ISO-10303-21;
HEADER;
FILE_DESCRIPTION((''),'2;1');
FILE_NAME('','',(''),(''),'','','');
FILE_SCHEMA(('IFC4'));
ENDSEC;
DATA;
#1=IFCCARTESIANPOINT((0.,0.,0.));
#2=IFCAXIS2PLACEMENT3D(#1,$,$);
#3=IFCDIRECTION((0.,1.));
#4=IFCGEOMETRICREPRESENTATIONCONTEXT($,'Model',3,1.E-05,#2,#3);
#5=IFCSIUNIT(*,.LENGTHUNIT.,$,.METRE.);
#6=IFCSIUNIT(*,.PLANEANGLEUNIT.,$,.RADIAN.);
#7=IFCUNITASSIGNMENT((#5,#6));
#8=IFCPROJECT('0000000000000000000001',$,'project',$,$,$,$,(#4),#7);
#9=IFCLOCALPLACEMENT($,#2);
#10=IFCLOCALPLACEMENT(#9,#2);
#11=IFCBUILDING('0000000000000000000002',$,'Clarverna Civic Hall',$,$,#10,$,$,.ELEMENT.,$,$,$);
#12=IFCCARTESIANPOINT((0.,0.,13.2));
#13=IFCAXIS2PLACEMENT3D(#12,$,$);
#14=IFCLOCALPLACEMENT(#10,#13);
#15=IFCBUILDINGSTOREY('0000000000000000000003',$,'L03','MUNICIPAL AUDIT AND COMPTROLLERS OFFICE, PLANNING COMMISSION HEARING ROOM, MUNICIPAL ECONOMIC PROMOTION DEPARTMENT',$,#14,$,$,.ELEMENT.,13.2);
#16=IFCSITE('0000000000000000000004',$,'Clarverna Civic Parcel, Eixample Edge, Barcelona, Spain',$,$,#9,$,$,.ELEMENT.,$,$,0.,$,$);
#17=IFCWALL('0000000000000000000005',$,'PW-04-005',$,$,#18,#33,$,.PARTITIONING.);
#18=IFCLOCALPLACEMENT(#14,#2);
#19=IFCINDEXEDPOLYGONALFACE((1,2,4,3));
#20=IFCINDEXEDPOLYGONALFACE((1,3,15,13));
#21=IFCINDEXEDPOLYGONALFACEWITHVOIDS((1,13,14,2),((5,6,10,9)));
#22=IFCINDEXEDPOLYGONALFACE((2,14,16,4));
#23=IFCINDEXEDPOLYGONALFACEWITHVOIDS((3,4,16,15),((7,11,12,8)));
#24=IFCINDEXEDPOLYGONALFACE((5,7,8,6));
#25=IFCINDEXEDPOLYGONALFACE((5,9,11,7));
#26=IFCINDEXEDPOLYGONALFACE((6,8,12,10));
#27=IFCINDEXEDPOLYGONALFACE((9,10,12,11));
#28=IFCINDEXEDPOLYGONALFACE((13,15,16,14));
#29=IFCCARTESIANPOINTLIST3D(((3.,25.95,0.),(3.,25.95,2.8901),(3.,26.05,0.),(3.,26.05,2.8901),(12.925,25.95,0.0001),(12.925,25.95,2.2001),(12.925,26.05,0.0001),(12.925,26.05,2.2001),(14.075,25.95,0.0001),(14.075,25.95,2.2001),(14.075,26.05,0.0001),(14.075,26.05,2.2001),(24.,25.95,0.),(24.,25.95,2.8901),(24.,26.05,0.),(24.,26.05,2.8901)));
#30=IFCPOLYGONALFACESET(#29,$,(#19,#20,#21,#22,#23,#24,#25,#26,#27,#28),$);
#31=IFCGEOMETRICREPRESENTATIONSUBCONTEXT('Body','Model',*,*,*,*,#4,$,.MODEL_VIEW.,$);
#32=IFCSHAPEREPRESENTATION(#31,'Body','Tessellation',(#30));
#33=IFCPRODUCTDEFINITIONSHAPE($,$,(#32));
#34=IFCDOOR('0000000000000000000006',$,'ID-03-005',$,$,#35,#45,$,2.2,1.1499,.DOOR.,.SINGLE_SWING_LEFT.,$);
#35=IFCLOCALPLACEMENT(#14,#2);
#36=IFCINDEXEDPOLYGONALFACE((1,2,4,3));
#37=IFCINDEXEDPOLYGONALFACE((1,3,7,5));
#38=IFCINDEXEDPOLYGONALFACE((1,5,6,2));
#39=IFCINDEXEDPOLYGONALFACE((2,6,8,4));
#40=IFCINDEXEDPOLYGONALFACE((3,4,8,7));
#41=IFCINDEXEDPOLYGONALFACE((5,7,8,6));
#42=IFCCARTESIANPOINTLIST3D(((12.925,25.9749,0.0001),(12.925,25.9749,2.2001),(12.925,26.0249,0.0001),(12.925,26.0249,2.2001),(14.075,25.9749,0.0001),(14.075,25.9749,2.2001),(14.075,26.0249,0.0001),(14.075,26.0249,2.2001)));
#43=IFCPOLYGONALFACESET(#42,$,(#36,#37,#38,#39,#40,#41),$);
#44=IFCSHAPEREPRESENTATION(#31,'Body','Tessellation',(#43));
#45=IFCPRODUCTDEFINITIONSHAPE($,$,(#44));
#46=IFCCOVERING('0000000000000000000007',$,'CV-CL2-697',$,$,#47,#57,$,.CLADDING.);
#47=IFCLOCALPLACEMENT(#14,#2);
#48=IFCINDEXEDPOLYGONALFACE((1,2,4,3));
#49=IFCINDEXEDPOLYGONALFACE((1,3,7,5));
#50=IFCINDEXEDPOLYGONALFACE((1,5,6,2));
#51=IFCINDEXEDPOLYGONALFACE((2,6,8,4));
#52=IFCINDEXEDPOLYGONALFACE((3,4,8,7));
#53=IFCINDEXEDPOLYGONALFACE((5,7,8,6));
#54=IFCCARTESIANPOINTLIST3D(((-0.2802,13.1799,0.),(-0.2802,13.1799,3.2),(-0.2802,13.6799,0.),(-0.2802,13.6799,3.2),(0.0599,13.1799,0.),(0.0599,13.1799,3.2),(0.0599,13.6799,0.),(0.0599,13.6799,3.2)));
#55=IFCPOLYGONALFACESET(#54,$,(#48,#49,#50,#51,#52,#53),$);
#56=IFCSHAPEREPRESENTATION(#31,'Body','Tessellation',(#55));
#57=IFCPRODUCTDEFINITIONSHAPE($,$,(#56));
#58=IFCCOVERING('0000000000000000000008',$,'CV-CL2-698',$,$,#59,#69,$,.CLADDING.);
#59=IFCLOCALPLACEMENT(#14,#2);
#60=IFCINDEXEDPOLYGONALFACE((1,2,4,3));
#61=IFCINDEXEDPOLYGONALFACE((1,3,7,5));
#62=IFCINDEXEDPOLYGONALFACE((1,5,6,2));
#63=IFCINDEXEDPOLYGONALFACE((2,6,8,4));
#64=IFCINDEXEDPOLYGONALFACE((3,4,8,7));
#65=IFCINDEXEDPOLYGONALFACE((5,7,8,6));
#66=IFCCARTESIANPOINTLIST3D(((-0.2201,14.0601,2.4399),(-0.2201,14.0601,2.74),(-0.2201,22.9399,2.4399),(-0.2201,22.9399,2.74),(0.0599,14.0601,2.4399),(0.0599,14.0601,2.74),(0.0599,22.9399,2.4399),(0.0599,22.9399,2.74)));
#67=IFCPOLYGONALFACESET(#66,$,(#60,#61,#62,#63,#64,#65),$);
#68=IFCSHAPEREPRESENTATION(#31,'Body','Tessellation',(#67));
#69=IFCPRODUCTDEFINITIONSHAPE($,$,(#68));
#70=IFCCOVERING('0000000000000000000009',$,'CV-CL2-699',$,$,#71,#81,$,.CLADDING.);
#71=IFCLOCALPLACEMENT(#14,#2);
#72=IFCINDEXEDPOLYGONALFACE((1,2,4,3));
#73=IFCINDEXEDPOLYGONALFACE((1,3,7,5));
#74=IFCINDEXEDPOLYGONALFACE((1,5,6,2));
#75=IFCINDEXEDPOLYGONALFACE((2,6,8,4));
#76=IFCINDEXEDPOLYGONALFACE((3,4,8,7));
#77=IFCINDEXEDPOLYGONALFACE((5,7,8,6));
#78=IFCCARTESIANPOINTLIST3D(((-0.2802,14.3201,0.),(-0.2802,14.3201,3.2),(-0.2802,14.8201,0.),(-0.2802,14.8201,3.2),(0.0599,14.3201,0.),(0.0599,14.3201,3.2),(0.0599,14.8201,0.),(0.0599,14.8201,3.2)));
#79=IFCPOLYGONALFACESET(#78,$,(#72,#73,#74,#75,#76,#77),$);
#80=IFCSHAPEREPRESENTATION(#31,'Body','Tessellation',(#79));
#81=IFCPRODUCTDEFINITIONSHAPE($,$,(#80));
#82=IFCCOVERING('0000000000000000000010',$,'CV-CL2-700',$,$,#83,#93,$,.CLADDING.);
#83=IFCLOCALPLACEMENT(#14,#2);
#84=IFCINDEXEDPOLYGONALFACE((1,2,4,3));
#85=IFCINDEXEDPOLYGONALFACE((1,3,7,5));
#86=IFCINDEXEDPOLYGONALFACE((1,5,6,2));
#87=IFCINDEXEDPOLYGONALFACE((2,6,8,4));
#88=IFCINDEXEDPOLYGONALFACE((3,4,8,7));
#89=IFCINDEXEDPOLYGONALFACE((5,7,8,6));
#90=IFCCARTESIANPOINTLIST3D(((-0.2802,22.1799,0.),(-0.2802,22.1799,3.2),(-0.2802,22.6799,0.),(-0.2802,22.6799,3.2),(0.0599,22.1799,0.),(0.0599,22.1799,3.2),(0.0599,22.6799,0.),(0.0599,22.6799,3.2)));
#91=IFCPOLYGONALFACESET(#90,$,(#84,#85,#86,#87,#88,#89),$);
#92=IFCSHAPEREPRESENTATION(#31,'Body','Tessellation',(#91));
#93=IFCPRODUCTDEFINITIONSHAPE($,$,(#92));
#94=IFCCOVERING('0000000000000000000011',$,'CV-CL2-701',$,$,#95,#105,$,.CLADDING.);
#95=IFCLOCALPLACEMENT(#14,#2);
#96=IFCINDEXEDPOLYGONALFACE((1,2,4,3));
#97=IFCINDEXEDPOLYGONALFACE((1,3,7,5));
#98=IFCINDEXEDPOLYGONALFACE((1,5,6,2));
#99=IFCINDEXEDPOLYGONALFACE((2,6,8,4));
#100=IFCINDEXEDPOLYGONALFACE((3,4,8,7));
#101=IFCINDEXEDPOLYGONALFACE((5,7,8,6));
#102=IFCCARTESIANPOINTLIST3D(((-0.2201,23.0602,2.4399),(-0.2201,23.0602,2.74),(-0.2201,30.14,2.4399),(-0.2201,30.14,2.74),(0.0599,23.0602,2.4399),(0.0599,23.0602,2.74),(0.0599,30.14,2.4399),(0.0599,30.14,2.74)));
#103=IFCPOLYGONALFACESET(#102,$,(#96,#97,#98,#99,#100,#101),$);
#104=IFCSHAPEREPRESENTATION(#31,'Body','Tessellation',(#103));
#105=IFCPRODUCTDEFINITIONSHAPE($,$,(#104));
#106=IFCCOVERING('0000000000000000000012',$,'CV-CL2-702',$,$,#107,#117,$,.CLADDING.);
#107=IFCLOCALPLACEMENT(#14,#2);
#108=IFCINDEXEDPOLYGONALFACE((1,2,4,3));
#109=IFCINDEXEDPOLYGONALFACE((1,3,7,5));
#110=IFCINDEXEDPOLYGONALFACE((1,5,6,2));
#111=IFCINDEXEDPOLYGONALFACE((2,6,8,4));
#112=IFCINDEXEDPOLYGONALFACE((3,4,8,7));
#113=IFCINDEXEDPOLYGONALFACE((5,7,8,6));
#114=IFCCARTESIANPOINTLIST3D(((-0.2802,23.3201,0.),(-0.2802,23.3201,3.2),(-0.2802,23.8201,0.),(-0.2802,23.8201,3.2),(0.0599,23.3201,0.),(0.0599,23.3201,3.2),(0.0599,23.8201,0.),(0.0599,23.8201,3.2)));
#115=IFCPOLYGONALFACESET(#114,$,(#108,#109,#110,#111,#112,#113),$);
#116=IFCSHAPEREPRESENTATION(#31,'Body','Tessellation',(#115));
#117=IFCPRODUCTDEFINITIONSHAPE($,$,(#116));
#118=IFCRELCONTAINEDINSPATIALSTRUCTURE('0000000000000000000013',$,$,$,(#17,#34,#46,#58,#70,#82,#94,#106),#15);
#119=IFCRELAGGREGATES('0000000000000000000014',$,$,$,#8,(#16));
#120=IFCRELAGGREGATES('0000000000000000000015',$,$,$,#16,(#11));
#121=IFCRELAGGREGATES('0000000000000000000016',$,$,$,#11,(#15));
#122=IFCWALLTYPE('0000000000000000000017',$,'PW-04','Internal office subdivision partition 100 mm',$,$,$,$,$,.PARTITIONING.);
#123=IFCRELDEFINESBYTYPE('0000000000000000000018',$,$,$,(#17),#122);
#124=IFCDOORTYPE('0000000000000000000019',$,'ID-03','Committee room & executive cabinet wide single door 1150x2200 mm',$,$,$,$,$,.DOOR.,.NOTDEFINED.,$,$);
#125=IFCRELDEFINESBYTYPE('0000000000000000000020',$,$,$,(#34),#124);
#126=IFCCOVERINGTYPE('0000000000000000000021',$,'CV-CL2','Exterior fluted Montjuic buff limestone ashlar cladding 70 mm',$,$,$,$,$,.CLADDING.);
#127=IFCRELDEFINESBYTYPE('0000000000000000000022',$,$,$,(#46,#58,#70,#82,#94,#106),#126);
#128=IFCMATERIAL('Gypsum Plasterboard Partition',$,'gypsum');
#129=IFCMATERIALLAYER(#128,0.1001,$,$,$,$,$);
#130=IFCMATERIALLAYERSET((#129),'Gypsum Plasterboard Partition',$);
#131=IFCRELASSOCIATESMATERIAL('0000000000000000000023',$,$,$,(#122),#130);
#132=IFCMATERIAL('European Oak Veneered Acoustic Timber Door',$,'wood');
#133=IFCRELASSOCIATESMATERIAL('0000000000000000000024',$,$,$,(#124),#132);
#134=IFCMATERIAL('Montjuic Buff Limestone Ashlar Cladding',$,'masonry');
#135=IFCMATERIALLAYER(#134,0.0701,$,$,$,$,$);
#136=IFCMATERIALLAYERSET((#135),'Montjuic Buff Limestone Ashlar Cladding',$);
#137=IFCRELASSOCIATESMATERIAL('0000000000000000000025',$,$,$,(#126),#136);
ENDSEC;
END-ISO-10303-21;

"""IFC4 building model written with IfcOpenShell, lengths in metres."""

from ifc_helpers import new_model, si_unit, direction, frame, frame_2d, origin, place, context, subcontext, project, spatial, rectangle, extrude, material, layer, layer_set, type_object, element, fill, save


model = new_model("IFC4")

# Units and contexts
model_context = context("Model", 3, precision=1e-05, world=origin(), true_north=direction((0.0, 1.0)))
body_context = subcontext(model_context, "Body", "Model", "MODEL_VIEW")
ifc_project = project(units=[si_unit("LENGTHUNIT", "METRE"), si_unit("PLANEANGLEUNIT", "RADIAN")], contexts=[model_context])

# Site, building, storey
site_placement = place(None, origin())
site = spatial("IfcSite", under=ifc_project, at=site_placement, Name="Clarverna Civic Parcel, Eixample Edge, Barcelona, Spain", CompositionType="ELEMENT", RefElevation=0.0)
building_placement = place(site_placement, origin())
building = spatial("IfcBuilding", under=site, at=building_placement, Name="Clarverna Civic Hall", CompositionType="ELEMENT")
storey_placement = place(building_placement, frame((0.0, 0.0, 13.2)))
storey = spatial("IfcBuildingStorey", under=building, at=storey_placement, Name="L03", Description="MUNICIPAL AUDIT AND COMPTROLLERS OFFICE, PLANNING COMMISSION HEARING ROOM, MUNICIPAL ECONOMIC PROMOTION DEPARTMENT", CompositionType="ELEMENT", Elevation=13.2)

# Wall, opening, door
ifc_material_1 = material(Name="Gypsum Plasterboard Partition", Category="gypsum")
ifc_layer_1 = layer(ifc_material_1, 0.1001)
ifc_layer_set_1 = layer_set([ifc_layer_1], Name="Gypsum Plasterboard Partition")
wall_type_1 = type_object("IfcWallType", Name="PW-04", Description="Internal office subdivision partition 100 mm", PredefinedType="PARTITIONING", material=ifc_layer_set_1)
wall_1_placement = place(storey_placement, frame((3.0, 26.0, 0.0), z_axis=(0.0, 0.0, 1.0), x_axis=(1.0, 0.0, 0.0)))
wall_1 = element("IfcWall", 1, at=wall_1_placement, inside=storey, type_object=wall_type_1, Name="PW-04-005", PredefinedType="PARTITIONING", context=body_context, shape_type="SweptSolid", body=[
    extrude(rectangle(XDim=21.0, YDim=0.1001, at=frame_2d((10.5, 0.0))), origin(), (0.0, 0.0, 1.0), 2.8901),
])
opening_1_placement = place(wall_1_placement, frame((9.925, 0.0, 0.0)))
opening_1 = element("IfcOpeningElement", 2, at=opening_1_placement, cuts=wall_1, PredefinedType="OPENING", context=body_context, shape_type="SweptSolid", body=[
    extrude(rectangle(XDim=1.1499, YDim=2.2, at=frame_2d((0.575, 1.1001))), frame((0.0, 0.0601, 0.0), z_axis=(0.0, -1.0, 0.0), x_axis=(1.0, 0.0, 0.0)), (0.0, 0.0, 1.0), 0.1201),
])
ifc_material_2 = material(Name="European Oak Veneered Acoustic Timber Door", Category="wood")
door_type = type_object("IfcDoorType", Name="ID-03", Description="Committee room & executive cabinet wide single door 1150x2200 mm", OperationType="NOTDEFINED", PredefinedType="DOOR", material=ifc_material_2)
door_placement = place(opening_1_placement, origin())
door = element("IfcDoor", 3, at=door_placement, inside=storey, type_object=door_type, Name="ID-03-005", OperationType="SINGLE_SWING_LEFT", OverallHeight=2.2, OverallWidth=1.1499, PredefinedType="DOOR", context=body_context, shape_type="SweptSolid", body=[
    extrude(rectangle(XDim=1.1499, YDim=2.2, at=frame_2d((0.575, 1.1001))), frame((0.0, 0.0249, 0.0), z_axis=(0.0, -1.0, 0.0), x_axis=(1.0, 0.0, 0.0)), (0.0, 0.0, 1.0), 0.05),
])
fill(opening_1, door)

# Coverings
ifc_material_3 = material(Name="Montjuic Buff Limestone Ashlar Cladding", Category="masonry")
ifc_layer_2 = layer(ifc_material_3, 0.0701)
ifc_layer_set_2 = layer_set([ifc_layer_2], Name="Montjuic Buff Limestone Ashlar Cladding")
covering_type = type_object("IfcCoveringType", Name="CV-CL2", Description="Exterior fluted Montjuic buff limestone ashlar cladding 70 mm", PredefinedType="CLADDING", material=ifc_layer_set_2)
covering_1_placement = place(storey_placement, frame((-0.1101, 13.1799, 0.0), z_axis=(0.0, 0.0, 1.0), x_axis=(0.0, 1.0, 0.0)))
element("IfcCovering", 4, at=covering_1_placement, inside=storey, type_object=covering_type, Name="CV-CL2-697", PredefinedType="CLADDING", context=body_context, shape_type="SweptSolid", body=[
    extrude(rectangle(XDim=0.5, YDim=0.3401, at=frame_2d((0.25, 0.0))), origin(), (0.0, 0.0, 1.0), 3.2),
])
covering_2_placement = place(storey_placement, frame((-0.0801, 14.0601, 2.4399), z_axis=(0.0, 0.0, 1.0), x_axis=(0.0, 1.0, 0.0)))
element("IfcCovering", 5, at=covering_2_placement, inside=storey, type_object=covering_type, Name="CV-CL2-698", PredefinedType="CLADDING", context=body_context, shape_type="SweptSolid", body=[
    extrude(rectangle(XDim=8.8799, YDim=0.28, at=frame_2d((4.4399, 0.0))), origin(), (0.0, 0.0, 1.0), 0.3),
])
for number, where, z_axis, x_axis, name in (
    (6, (-0.1101, 14.3201, 0.0), (0.0, 0.0, 1.0), (0.0, 1.0, 0.0), "CV-CL2-699"),
    (7, (-0.1101, 22.1799, 0.0), (0.0, 0.0, 1.0), (0.0, 1.0, 0.0), "CV-CL2-700"),
):
    element("IfcCovering", number, at=place(storey_placement, frame(where, z_axis=z_axis, x_axis=x_axis)), inside=storey, type_object=covering_type, Name=name, PredefinedType="CLADDING", context=body_context, shape_type="SweptSolid", body=[
        extrude(rectangle(XDim=0.5, YDim=0.3401, at=frame_2d((0.25, 0.0))), origin(), (0.0, 0.0, 1.0), 3.2),
    ])
covering_3_placement = place(storey_placement, frame((-0.0801, 23.0601, 2.4399), z_axis=(0.0, 0.0, 1.0), x_axis=(0.0, 1.0, 0.0)))
element("IfcCovering", 8, at=covering_3_placement, inside=storey, type_object=covering_type, Name="CV-CL2-701", PredefinedType="CLADDING", context=body_context, shape_type="SweptSolid", body=[
    extrude(rectangle(XDim=7.0798, YDim=0.28, at=frame_2d((3.54, 0.0))), origin(), (0.0, 0.0, 1.0), 0.3),
])
covering_4_placement = place(storey_placement, frame((-0.1101, 23.3201, 0.0), z_axis=(0.0, 0.0, 1.0), x_axis=(0.0, 1.0, 0.0)))
element("IfcCovering", 9, at=covering_4_placement, inside=storey, type_object=covering_type, Name="CV-CL2-702", PredefinedType="CLADDING", context=body_context, shape_type="SweptSolid", body=[
    extrude(rectangle(XDim=0.5, YDim=0.3401, at=frame_2d((0.25, 0.0))), origin(), (0.0, 0.0, 1.0), 3.2),
])

save(model, "model.ifc")
